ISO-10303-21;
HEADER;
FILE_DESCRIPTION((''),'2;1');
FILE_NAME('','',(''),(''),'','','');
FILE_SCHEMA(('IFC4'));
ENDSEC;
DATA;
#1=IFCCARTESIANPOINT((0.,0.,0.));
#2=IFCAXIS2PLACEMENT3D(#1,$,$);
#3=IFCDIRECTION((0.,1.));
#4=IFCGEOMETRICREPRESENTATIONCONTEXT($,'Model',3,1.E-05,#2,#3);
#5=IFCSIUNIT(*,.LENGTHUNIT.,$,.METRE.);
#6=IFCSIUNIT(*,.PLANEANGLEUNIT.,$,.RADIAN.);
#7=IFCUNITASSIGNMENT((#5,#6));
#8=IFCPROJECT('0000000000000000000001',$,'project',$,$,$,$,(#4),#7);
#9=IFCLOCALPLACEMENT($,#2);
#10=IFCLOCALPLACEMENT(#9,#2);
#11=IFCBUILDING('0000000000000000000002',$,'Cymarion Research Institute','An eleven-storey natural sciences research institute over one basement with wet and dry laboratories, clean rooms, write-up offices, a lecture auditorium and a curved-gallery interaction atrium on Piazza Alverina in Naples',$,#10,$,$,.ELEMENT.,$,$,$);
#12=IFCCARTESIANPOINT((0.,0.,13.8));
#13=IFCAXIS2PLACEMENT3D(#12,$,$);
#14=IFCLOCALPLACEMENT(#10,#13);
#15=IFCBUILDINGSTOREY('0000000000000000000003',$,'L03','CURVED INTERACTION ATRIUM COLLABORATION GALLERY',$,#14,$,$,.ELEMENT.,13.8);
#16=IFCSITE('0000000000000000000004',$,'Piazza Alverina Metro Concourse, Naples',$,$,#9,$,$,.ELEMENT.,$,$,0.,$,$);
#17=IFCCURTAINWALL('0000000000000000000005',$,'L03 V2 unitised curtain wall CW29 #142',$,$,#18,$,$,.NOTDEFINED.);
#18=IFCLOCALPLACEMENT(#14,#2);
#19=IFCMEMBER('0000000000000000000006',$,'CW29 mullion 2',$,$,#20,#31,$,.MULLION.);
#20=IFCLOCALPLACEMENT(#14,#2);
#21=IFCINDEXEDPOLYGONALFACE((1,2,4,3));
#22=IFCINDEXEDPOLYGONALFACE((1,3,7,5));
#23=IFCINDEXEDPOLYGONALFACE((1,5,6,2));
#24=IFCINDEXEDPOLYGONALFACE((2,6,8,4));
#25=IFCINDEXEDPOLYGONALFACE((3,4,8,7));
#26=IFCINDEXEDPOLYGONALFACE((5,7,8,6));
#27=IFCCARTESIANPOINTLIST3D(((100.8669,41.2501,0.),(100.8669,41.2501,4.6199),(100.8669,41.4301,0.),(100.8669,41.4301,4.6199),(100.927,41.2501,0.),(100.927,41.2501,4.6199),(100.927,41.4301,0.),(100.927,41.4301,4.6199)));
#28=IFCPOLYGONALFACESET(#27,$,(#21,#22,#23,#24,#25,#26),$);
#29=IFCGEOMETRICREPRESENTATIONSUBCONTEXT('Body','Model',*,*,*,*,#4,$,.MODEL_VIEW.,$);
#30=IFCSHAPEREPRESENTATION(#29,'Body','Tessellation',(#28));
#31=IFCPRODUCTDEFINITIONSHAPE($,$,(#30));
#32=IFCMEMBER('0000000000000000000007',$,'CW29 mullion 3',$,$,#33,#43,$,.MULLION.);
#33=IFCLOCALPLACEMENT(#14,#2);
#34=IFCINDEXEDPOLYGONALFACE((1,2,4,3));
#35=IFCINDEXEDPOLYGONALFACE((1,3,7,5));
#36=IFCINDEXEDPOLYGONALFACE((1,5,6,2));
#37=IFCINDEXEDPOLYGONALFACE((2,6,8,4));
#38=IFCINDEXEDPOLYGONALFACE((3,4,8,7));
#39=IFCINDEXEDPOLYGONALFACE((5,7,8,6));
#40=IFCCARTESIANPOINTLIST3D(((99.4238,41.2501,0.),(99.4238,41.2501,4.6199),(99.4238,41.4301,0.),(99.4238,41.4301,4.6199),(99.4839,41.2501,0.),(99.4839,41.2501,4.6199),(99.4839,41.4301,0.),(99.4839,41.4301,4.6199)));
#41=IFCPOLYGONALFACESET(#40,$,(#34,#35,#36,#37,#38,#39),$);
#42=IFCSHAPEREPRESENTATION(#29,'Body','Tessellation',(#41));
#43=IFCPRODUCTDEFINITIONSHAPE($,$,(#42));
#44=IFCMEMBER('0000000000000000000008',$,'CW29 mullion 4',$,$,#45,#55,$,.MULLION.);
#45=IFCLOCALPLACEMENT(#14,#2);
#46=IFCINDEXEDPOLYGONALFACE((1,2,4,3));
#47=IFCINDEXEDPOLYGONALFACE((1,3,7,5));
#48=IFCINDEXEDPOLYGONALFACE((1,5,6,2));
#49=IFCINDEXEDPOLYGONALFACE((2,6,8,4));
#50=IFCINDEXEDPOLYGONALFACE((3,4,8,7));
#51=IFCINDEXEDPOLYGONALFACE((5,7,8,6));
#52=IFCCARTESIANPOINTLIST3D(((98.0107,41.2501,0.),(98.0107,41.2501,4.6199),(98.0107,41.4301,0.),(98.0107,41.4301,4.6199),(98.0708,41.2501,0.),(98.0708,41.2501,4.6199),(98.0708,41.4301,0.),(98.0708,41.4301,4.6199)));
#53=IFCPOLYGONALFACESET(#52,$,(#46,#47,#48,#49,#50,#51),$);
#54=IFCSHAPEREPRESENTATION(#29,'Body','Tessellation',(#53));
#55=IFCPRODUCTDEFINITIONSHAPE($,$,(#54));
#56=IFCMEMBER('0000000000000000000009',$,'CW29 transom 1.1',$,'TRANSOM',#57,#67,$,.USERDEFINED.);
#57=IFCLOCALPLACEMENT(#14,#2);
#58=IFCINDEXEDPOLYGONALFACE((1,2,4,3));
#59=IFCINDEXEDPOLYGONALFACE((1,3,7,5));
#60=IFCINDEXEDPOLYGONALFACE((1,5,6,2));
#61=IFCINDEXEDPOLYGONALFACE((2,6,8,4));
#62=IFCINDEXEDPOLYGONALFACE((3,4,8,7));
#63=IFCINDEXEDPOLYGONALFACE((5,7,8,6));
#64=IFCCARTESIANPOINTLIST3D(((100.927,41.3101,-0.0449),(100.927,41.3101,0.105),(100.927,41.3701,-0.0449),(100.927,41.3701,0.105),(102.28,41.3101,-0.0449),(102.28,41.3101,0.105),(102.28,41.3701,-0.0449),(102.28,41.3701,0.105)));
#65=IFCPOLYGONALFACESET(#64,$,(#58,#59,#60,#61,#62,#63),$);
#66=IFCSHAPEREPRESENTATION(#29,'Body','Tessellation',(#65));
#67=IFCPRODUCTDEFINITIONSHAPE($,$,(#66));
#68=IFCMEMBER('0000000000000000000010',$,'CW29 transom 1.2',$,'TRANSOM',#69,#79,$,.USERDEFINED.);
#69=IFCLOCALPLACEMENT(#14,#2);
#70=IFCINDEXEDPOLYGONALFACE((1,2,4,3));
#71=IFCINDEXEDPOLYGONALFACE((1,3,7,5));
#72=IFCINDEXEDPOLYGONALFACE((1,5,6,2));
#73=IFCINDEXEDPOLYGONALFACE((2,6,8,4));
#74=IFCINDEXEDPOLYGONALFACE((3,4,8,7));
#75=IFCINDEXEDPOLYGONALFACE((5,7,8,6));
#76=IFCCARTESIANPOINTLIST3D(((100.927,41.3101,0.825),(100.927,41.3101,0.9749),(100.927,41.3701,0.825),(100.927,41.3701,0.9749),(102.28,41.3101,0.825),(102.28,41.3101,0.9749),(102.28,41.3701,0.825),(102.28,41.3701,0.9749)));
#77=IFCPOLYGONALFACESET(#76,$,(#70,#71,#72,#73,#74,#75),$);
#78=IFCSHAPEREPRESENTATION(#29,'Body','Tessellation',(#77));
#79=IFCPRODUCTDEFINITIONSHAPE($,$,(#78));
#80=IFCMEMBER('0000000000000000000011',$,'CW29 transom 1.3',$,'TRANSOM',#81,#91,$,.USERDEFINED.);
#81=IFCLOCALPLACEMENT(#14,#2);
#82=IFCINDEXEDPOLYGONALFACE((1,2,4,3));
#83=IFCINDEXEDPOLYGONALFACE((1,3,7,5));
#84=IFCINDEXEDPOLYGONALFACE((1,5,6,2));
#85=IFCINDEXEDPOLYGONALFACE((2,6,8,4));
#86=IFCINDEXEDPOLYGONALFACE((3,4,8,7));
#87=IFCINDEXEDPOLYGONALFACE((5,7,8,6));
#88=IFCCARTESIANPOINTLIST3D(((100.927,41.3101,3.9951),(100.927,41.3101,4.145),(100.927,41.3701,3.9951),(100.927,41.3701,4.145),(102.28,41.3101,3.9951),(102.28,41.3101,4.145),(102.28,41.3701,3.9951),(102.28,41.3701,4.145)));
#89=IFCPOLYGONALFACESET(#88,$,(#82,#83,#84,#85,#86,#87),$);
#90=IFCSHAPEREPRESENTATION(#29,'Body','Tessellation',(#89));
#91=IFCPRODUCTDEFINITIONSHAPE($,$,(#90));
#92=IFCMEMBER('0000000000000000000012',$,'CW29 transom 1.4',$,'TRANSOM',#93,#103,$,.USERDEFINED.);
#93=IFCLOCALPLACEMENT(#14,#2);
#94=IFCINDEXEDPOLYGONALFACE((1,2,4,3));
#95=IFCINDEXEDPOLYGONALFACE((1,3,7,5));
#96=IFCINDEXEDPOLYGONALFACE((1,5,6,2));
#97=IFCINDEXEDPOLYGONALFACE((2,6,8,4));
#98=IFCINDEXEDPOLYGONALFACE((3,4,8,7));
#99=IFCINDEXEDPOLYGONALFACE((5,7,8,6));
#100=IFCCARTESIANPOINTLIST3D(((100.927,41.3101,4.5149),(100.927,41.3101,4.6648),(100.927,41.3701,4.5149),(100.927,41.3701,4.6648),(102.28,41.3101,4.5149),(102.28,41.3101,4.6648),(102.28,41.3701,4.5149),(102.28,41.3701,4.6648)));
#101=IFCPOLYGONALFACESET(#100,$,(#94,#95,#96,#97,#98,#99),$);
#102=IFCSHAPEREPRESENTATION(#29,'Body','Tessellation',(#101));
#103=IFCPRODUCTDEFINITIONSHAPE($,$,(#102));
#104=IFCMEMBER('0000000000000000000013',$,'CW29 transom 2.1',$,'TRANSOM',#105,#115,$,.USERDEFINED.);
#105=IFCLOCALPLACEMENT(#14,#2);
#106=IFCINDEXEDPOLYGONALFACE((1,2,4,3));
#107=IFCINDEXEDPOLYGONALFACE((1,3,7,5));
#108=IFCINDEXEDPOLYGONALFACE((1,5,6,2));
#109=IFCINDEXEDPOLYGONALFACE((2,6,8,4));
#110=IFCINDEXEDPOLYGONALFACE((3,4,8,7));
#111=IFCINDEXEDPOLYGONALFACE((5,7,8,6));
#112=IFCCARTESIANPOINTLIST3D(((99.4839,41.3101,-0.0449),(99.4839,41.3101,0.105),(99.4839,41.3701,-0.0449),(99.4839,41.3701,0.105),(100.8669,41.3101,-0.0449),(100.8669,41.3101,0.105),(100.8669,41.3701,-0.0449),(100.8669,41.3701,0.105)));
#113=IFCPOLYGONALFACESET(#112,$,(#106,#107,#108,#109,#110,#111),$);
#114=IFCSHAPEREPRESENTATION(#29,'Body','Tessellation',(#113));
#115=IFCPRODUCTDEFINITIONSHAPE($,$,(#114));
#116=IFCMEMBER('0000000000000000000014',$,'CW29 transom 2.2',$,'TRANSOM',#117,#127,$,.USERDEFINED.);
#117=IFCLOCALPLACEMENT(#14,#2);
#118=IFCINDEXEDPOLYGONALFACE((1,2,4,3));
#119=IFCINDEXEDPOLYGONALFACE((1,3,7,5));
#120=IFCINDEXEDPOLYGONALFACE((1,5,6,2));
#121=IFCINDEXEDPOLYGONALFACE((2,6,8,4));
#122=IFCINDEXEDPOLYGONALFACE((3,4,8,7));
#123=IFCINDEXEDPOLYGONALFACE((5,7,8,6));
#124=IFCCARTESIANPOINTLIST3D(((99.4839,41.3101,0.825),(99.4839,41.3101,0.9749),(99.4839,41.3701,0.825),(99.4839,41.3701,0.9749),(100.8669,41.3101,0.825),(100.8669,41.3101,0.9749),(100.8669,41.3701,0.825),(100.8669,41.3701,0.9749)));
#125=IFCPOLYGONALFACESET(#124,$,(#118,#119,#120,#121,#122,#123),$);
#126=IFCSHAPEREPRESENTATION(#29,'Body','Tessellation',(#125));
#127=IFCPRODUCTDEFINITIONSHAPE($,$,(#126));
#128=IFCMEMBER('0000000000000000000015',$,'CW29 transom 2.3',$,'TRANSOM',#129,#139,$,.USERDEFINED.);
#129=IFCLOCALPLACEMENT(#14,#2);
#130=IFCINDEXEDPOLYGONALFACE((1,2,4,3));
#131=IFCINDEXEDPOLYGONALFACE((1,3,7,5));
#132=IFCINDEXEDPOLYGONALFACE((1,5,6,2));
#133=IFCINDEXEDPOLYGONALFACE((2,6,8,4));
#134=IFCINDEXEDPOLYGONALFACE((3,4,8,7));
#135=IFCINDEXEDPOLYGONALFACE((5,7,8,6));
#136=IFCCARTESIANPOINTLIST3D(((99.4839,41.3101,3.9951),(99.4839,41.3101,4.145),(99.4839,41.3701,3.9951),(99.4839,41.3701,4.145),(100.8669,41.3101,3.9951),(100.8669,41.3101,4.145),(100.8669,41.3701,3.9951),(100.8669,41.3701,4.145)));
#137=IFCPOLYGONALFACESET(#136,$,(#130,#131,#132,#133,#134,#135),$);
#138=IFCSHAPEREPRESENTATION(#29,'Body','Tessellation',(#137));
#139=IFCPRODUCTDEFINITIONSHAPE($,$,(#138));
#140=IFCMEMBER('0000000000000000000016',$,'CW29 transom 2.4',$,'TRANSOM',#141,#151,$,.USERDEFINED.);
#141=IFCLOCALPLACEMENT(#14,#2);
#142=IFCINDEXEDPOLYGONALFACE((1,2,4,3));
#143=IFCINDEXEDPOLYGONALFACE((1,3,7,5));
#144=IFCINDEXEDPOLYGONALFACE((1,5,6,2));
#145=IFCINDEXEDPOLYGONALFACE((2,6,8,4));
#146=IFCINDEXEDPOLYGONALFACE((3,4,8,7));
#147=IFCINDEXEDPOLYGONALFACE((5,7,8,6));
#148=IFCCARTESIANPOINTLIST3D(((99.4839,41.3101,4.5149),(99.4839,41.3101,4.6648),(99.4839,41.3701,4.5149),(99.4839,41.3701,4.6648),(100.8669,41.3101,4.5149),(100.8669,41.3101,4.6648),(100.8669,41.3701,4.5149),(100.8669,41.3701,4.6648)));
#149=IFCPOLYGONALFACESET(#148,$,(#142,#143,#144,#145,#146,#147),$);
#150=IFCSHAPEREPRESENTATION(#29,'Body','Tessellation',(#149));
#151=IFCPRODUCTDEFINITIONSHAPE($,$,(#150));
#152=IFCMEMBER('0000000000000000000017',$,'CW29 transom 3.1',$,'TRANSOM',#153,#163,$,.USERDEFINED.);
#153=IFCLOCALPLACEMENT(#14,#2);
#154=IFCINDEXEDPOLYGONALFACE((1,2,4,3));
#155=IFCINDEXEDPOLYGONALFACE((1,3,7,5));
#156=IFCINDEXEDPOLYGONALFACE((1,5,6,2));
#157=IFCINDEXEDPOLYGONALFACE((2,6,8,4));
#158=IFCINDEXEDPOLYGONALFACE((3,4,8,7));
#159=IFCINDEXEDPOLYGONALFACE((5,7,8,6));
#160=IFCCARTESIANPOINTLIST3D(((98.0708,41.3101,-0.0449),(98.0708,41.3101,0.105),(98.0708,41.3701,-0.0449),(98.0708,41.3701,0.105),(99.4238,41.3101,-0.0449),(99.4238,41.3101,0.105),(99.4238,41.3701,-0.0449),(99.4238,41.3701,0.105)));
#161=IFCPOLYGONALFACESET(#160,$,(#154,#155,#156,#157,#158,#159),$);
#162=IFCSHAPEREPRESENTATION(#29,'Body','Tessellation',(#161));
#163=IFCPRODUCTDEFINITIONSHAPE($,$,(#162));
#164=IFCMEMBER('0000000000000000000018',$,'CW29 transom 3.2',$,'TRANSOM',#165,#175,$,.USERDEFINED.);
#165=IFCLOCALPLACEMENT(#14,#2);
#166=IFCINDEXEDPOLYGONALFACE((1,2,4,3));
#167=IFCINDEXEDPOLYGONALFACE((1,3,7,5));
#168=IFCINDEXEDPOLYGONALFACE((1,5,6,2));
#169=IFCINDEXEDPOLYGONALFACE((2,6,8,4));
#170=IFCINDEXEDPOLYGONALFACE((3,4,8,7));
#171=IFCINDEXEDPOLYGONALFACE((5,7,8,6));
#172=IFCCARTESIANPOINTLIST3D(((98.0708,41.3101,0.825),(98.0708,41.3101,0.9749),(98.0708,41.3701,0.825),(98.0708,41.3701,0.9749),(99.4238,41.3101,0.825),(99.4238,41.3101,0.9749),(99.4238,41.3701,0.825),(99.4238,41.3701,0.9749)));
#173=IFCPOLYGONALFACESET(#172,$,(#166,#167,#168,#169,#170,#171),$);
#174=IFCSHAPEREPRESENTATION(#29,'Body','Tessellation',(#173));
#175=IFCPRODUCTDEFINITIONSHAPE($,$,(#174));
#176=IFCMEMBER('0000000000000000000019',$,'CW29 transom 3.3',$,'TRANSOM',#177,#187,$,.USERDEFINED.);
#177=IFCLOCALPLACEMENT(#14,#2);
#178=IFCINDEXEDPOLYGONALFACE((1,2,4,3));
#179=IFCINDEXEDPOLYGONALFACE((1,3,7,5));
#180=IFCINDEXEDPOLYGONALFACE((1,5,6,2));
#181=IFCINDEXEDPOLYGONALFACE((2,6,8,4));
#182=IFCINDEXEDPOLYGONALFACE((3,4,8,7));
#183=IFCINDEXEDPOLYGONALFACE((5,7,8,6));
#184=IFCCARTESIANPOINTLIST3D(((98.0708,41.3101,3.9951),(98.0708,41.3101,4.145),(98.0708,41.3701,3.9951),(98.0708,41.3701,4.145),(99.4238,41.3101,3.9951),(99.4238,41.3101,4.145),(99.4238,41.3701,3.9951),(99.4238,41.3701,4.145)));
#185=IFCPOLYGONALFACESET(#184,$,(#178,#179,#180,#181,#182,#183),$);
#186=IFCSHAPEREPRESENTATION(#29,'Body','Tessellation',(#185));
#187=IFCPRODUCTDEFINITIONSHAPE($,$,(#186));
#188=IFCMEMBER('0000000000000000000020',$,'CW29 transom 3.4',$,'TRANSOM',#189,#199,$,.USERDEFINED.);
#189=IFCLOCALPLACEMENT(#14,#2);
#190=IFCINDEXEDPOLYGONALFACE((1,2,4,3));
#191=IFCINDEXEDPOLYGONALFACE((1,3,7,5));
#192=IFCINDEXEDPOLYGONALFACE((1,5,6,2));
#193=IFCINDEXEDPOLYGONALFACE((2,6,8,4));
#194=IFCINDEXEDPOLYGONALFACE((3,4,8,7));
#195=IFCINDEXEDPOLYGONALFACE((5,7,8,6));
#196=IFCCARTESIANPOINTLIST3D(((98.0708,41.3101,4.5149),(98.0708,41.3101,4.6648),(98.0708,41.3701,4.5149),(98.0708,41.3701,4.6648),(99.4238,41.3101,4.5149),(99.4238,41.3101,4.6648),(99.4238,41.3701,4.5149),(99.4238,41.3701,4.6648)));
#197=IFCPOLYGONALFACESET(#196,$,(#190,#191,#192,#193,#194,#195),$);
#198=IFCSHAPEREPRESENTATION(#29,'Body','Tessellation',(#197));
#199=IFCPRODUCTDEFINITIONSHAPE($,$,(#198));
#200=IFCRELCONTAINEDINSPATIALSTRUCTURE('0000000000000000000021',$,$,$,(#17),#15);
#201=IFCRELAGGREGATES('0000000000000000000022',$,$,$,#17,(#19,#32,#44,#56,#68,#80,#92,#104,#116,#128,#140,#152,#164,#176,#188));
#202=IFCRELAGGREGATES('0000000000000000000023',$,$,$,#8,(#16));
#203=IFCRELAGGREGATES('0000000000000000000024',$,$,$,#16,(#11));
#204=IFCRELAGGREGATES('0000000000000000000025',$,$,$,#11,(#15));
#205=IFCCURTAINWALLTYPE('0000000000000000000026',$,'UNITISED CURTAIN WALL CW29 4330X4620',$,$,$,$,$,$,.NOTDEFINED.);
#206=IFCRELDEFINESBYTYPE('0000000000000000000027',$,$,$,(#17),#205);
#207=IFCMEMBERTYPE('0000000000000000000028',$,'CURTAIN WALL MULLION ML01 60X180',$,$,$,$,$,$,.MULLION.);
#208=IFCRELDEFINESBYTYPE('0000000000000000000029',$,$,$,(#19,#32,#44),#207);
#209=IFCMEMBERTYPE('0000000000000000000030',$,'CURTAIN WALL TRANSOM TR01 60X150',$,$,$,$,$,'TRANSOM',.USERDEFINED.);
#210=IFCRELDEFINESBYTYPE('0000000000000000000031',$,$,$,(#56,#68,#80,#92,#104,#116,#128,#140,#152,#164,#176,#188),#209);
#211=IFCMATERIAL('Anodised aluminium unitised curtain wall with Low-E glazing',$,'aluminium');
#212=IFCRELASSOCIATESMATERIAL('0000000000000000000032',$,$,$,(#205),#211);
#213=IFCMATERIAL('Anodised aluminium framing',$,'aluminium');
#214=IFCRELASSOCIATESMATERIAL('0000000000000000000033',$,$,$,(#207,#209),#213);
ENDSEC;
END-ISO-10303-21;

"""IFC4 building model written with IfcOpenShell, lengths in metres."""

from ifc_helpers import new_model, si_unit, direction, frame, origin, origin_2d, place, context, subcontext, project, spatial, rectangle, extrude, material, material_profile, profile_set, type_object, element, aggregate, save


model = new_model("IFC4")

# Units and contexts
model_context = context("Model", 3, precision=1e-05, world=origin(), true_north=direction((0.0, 1.0)))
body_context = subcontext(model_context, "Body", "Model", "MODEL_VIEW")
ifc_project = project(units=[si_unit("LENGTHUNIT", "METRE"), si_unit("PLANEANGLEUNIT", "RADIAN")], contexts=[model_context])

# Site, building, storey
site_placement = place(None, origin())
site = spatial("IfcSite", under=ifc_project, at=site_placement, Name="Piazza Alverina Metro Concourse, Naples", CompositionType="ELEMENT", RefElevation=0.0)
building_placement = place(site_placement, origin())
building = spatial("IfcBuilding", under=site, at=building_placement, Name="Cymarion Research Institute", Description="An eleven-storey natural sciences research institute over one basement with wet and dry laboratories, clean rooms, write-up offices, a lecture auditorium and a curved-gallery interaction atrium on Piazza Alverina in Naples", CompositionType="ELEMENT")
storey_placement = place(building_placement, frame((0.0, 0.0, 13.8)))
storey = spatial("IfcBuildingStorey", under=building, at=storey_placement, Name="L03", Description="CURVED INTERACTION ATRIUM COLLABORATION GALLERY", CompositionType="ELEMENT", Elevation=13.8)

# Curtain wall, members
ifc_material_1 = material(Name="Anodised aluminium unitised curtain wall with Low-E glazing", Category="aluminium")
curtain_wall_type = type_object("IfcCurtainWallType", Name="UNITISED CURTAIN WALL CW29 4330X4620", PredefinedType="NOTDEFINED", material=ifc_material_1)
curtain_wall_placement = place(storey_placement, origin())
curtain_wall = element("IfcCurtainWall", 1, at=curtain_wall_placement, inside=storey, type_object=curtain_wall_type, Name="L03 V2 unitised curtain wall CW29 #142", PredefinedType="NOTDEFINED")
ifc_material_2 = material(Name="Anodised aluminium framing", Category="aluminium")
ifc_material_profile_1 = material_profile(ifc_material_2, rectangle(XDim=0.0601, YDim=0.1799, at=origin_2d()), Name="ALU MULLION 60x180")
ifc_profile_set_1 = profile_set([ifc_material_profile_1], Name="Anodised aluminium framing")
member_type_1 = type_object("IfcMemberType", Name="CURTAIN WALL MULLION ML01 60X180", PredefinedType="MULLION", material=ifc_profile_set_1)
member_1_placement = place(storey_placement, frame((100.897, 41.3401, 0.0), z_axis=(0.0, 0.0, 1.0), x_axis=(-1.0, 0.0, 0.0)))
member_1 = element("IfcMember", 2, at=member_1_placement, type_object=member_type_1, Name="CW29 mullion 2", PredefinedType="MULLION", context=body_context, shape_type="SweptSolid", body=[
    extrude(rectangle(XDim=0.0601, YDim=0.1799, at=origin_2d()), origin(), (0.0, 0.0, 1.0), 4.6199),
])
member_2_placement = place(storey_placement, frame((99.4539, 41.3401, 0.0), z_axis=(0.0, 0.0, 1.0), x_axis=(-1.0, 0.0, 0.0)))
member_2 = element("IfcMember", 3, at=member_2_placement, type_object=member_type_1, Name="CW29 mullion 3", PredefinedType="MULLION", context=body_context, shape_type="SweptSolid", body=[
    extrude(rectangle(XDim=0.0601, YDim=0.1799, at=origin_2d()), origin(), (0.0, 0.0, 1.0), 4.6199),
])
member_3_placement = place(storey_placement, frame((98.0408, 41.3401, 0.0), z_axis=(0.0, 0.0, 1.0), x_axis=(-1.0, 0.0, 0.0)))
member_3 = element("IfcMember", 4, at=member_3_placement, type_object=member_type_1, Name="CW29 mullion 4", PredefinedType="MULLION", context=body_context, shape_type="SweptSolid", body=[
    extrude(rectangle(XDim=0.0601, YDim=0.1799, at=origin_2d()), origin(), (0.0, 0.0, 1.0), 4.6199),
])
ifc_material_profile_2 = material_profile(ifc_material_2, rectangle(XDim=0.0601, YDim=0.1499, at=origin_2d()), Name="ALU TRANSOM 60x150")
ifc_profile_set_2 = profile_set([ifc_material_profile_2], Name="Anodised aluminium framing")
member_type_2 = type_object("IfcMemberType", Name="CURTAIN WALL TRANSOM TR01 60X150", ElementType="TRANSOM", PredefinedType="USERDEFINED", material=ifc_profile_set_2)
member_4_placement = place(storey_placement, frame((102.28, 41.3401, 0.03), z_axis=(-1.0, 0.0, 0.0), x_axis=(0.0, -1.0, 0.0)))
member_4 = element("IfcMember", 5, at=member_4_placement, type_object=member_type_2, Name="CW29 transom 1.1", ObjectType="TRANSOM", PredefinedType="USERDEFINED", context=body_context, shape_type="SweptSolid", body=[
    extrude(rectangle(XDim=0.0601, YDim=0.1499, at=origin_2d()), origin(), (0.0, 0.0, 1.0), 1.353),
])
member_5_placement = place(storey_placement, frame((102.28, 41.3401, 0.8999), z_axis=(-1.0, 0.0, 0.0), x_axis=(0.0, -1.0, 0.0)))
member_5 = element("IfcMember", 6, at=member_5_placement, type_object=member_type_2, Name="CW29 transom 1.2", ObjectType="TRANSOM", PredefinedType="USERDEFINED", context=body_context, shape_type="SweptSolid", body=[
    extrude(rectangle(XDim=0.0601, YDim=0.1499, at=origin_2d()), origin(), (0.0, 0.0, 1.0), 1.353),
])
member_6_placement = place(storey_placement, frame((102.28, 41.3401, 4.0701), z_axis=(-1.0, 0.0, 0.0), x_axis=(0.0, -1.0, 0.0)))
member_6 = element("IfcMember", 7, at=member_6_placement, type_object=member_type_2, Name="CW29 transom 1.3", ObjectType="TRANSOM", PredefinedType="USERDEFINED", context=body_context, shape_type="SweptSolid", body=[
    extrude(rectangle(XDim=0.0601, YDim=0.1499, at=origin_2d()), origin(), (0.0, 0.0, 1.0), 1.353),
])
member_7_placement = place(storey_placement, frame((102.28, 41.3401, 4.5898), z_axis=(-1.0, 0.0, 0.0), x_axis=(0.0, -1.0, 0.0)))
member_7 = element("IfcMember", 8, at=member_7_placement, type_object=member_type_2, Name="CW29 transom 1.4", ObjectType="TRANSOM", PredefinedType="USERDEFINED", context=body_context, shape_type="SweptSolid", body=[
    extrude(rectangle(XDim=0.0601, YDim=0.1499, at=origin_2d()), origin(), (0.0, 0.0, 1.0), 1.353),
])
member_8_placement = place(storey_placement, frame((100.8669, 41.3401, 0.03), z_axis=(-1.0, 0.0, 0.0), x_axis=(0.0, -1.0, 0.0)))
member_8 = element("IfcMember", 9, at=member_8_placement, type_object=member_type_2, Name="CW29 transom 2.1", ObjectType="TRANSOM", PredefinedType="USERDEFINED", context=body_context, shape_type="SweptSolid", body=[
    extrude(rectangle(XDim=0.0601, YDim=0.1499, at=origin_2d()), origin(), (0.0, 0.0, 1.0), 1.3831),
])
member_9_placement = place(storey_placement, frame((100.8669, 41.3401, 0.8999), z_axis=(-1.0, 0.0, 0.0), x_axis=(0.0, -1.0, 0.0)))
member_9 = element("IfcMember", 10, at=member_9_placement, type_object=member_type_2, Name="CW29 transom 2.2", ObjectType="TRANSOM", PredefinedType="USERDEFINED", context=body_context, shape_type="SweptSolid", body=[
    extrude(rectangle(XDim=0.0601, YDim=0.1499, at=origin_2d()), origin(), (0.0, 0.0, 1.0), 1.3831),
])
member_10_placement = place(storey_placement, frame((100.8669, 41.3401, 4.0701), z_axis=(-1.0, 0.0, 0.0), x_axis=(0.0, -1.0, 0.0)))
member_10 = element("IfcMember", 11, at=member_10_placement, type_object=member_type_2, Name="CW29 transom 2.3", ObjectType="TRANSOM", PredefinedType="USERDEFINED", context=body_context, shape_type="SweptSolid", body=[
    extrude(rectangle(XDim=0.0601, YDim=0.1499, at=origin_2d()), origin(), (0.0, 0.0, 1.0), 1.3831),
])
member_11_placement = place(storey_placement, frame((100.8669, 41.3401, 4.5898), z_axis=(-1.0, 0.0, 0.0), x_axis=(0.0, -1.0, 0.0)))
member_11 = element("IfcMember", 12, at=member_11_placement, type_object=member_type_2, Name="CW29 transom 2.4", ObjectType="TRANSOM", PredefinedType="USERDEFINED", context=body_context, shape_type="SweptSolid", body=[
    extrude(rectangle(XDim=0.0601, YDim=0.1499, at=origin_2d()), origin(), (0.0, 0.0, 1.0), 1.3831),
])
member_12_placement = place(storey_placement, frame((99.4238, 41.3401, 0.03), z_axis=(-1.0, 0.0, 0.0), x_axis=(0.0, -1.0, 0.0)))
member_12 = element("IfcMember", 13, at=member_12_placement, type_object=member_type_2, Name="CW29 transom 3.1", ObjectType="TRANSOM", PredefinedType="USERDEFINED", context=body_context, shape_type="SweptSolid", body=[
    extrude(rectangle(XDim=0.0601, YDim=0.1499, at=origin_2d()), origin(), (0.0, 0.0, 1.0), 1.353),
])
member_13_placement = place(storey_placement, frame((99.4238, 41.3401, 0.8999), z_axis=(-1.0, 0.0, 0.0), x_axis=(0.0, -1.0, 0.0)))
member_13 = element("IfcMember", 14, at=member_13_placement, type_object=member_type_2, Name="CW29 transom 3.2", ObjectType="TRANSOM", PredefinedType="USERDEFINED", context=body_context, shape_type="SweptSolid", body=[
    extrude(rectangle(XDim=0.0601, YDim=0.1499, at=origin_2d()), origin(), (0.0, 0.0, 1.0), 1.353),
])
member_14_placement = place(storey_placement, frame((99.4238, 41.3401, 4.0701), z_axis=(-1.0, 0.0, 0.0), x_axis=(0.0, -1.0, 0.0)))
member_14 = element("IfcMember", 15, at=member_14_placement, type_object=member_type_2, Name="CW29 transom 3.3", ObjectType="TRANSOM", PredefinedType="USERDEFINED", context=body_context, shape_type="SweptSolid", body=[
    extrude(rectangle(XDim=0.0601, YDim=0.1499, at=origin_2d()), origin(), (0.0, 0.0, 1.0), 1.353),
])
member_15_placement = place(storey_placement, frame((99.4238, 41.3401, 4.5898), z_axis=(-1.0, 0.0, 0.0), x_axis=(0.0, -1.0, 0.0)))
member_15 = element("IfcMember", 16, at=member_15_placement, type_object=member_type_2, Name="CW29 transom 3.4", ObjectType="TRANSOM", PredefinedType="USERDEFINED", context=body_context, shape_type="SweptSolid", body=[
    extrude(rectangle(XDim=0.0601, YDim=0.1499, at=origin_2d()), origin(), (0.0, 0.0, 1.0), 1.353),
])
aggregate(curtain_wall, [member_1, member_2, member_3, member_4, member_5, member_6, member_7, member_8, member_9, member_10, member_11, member_12, member_13, member_14, member_15])

save(model, "model.ifc")
